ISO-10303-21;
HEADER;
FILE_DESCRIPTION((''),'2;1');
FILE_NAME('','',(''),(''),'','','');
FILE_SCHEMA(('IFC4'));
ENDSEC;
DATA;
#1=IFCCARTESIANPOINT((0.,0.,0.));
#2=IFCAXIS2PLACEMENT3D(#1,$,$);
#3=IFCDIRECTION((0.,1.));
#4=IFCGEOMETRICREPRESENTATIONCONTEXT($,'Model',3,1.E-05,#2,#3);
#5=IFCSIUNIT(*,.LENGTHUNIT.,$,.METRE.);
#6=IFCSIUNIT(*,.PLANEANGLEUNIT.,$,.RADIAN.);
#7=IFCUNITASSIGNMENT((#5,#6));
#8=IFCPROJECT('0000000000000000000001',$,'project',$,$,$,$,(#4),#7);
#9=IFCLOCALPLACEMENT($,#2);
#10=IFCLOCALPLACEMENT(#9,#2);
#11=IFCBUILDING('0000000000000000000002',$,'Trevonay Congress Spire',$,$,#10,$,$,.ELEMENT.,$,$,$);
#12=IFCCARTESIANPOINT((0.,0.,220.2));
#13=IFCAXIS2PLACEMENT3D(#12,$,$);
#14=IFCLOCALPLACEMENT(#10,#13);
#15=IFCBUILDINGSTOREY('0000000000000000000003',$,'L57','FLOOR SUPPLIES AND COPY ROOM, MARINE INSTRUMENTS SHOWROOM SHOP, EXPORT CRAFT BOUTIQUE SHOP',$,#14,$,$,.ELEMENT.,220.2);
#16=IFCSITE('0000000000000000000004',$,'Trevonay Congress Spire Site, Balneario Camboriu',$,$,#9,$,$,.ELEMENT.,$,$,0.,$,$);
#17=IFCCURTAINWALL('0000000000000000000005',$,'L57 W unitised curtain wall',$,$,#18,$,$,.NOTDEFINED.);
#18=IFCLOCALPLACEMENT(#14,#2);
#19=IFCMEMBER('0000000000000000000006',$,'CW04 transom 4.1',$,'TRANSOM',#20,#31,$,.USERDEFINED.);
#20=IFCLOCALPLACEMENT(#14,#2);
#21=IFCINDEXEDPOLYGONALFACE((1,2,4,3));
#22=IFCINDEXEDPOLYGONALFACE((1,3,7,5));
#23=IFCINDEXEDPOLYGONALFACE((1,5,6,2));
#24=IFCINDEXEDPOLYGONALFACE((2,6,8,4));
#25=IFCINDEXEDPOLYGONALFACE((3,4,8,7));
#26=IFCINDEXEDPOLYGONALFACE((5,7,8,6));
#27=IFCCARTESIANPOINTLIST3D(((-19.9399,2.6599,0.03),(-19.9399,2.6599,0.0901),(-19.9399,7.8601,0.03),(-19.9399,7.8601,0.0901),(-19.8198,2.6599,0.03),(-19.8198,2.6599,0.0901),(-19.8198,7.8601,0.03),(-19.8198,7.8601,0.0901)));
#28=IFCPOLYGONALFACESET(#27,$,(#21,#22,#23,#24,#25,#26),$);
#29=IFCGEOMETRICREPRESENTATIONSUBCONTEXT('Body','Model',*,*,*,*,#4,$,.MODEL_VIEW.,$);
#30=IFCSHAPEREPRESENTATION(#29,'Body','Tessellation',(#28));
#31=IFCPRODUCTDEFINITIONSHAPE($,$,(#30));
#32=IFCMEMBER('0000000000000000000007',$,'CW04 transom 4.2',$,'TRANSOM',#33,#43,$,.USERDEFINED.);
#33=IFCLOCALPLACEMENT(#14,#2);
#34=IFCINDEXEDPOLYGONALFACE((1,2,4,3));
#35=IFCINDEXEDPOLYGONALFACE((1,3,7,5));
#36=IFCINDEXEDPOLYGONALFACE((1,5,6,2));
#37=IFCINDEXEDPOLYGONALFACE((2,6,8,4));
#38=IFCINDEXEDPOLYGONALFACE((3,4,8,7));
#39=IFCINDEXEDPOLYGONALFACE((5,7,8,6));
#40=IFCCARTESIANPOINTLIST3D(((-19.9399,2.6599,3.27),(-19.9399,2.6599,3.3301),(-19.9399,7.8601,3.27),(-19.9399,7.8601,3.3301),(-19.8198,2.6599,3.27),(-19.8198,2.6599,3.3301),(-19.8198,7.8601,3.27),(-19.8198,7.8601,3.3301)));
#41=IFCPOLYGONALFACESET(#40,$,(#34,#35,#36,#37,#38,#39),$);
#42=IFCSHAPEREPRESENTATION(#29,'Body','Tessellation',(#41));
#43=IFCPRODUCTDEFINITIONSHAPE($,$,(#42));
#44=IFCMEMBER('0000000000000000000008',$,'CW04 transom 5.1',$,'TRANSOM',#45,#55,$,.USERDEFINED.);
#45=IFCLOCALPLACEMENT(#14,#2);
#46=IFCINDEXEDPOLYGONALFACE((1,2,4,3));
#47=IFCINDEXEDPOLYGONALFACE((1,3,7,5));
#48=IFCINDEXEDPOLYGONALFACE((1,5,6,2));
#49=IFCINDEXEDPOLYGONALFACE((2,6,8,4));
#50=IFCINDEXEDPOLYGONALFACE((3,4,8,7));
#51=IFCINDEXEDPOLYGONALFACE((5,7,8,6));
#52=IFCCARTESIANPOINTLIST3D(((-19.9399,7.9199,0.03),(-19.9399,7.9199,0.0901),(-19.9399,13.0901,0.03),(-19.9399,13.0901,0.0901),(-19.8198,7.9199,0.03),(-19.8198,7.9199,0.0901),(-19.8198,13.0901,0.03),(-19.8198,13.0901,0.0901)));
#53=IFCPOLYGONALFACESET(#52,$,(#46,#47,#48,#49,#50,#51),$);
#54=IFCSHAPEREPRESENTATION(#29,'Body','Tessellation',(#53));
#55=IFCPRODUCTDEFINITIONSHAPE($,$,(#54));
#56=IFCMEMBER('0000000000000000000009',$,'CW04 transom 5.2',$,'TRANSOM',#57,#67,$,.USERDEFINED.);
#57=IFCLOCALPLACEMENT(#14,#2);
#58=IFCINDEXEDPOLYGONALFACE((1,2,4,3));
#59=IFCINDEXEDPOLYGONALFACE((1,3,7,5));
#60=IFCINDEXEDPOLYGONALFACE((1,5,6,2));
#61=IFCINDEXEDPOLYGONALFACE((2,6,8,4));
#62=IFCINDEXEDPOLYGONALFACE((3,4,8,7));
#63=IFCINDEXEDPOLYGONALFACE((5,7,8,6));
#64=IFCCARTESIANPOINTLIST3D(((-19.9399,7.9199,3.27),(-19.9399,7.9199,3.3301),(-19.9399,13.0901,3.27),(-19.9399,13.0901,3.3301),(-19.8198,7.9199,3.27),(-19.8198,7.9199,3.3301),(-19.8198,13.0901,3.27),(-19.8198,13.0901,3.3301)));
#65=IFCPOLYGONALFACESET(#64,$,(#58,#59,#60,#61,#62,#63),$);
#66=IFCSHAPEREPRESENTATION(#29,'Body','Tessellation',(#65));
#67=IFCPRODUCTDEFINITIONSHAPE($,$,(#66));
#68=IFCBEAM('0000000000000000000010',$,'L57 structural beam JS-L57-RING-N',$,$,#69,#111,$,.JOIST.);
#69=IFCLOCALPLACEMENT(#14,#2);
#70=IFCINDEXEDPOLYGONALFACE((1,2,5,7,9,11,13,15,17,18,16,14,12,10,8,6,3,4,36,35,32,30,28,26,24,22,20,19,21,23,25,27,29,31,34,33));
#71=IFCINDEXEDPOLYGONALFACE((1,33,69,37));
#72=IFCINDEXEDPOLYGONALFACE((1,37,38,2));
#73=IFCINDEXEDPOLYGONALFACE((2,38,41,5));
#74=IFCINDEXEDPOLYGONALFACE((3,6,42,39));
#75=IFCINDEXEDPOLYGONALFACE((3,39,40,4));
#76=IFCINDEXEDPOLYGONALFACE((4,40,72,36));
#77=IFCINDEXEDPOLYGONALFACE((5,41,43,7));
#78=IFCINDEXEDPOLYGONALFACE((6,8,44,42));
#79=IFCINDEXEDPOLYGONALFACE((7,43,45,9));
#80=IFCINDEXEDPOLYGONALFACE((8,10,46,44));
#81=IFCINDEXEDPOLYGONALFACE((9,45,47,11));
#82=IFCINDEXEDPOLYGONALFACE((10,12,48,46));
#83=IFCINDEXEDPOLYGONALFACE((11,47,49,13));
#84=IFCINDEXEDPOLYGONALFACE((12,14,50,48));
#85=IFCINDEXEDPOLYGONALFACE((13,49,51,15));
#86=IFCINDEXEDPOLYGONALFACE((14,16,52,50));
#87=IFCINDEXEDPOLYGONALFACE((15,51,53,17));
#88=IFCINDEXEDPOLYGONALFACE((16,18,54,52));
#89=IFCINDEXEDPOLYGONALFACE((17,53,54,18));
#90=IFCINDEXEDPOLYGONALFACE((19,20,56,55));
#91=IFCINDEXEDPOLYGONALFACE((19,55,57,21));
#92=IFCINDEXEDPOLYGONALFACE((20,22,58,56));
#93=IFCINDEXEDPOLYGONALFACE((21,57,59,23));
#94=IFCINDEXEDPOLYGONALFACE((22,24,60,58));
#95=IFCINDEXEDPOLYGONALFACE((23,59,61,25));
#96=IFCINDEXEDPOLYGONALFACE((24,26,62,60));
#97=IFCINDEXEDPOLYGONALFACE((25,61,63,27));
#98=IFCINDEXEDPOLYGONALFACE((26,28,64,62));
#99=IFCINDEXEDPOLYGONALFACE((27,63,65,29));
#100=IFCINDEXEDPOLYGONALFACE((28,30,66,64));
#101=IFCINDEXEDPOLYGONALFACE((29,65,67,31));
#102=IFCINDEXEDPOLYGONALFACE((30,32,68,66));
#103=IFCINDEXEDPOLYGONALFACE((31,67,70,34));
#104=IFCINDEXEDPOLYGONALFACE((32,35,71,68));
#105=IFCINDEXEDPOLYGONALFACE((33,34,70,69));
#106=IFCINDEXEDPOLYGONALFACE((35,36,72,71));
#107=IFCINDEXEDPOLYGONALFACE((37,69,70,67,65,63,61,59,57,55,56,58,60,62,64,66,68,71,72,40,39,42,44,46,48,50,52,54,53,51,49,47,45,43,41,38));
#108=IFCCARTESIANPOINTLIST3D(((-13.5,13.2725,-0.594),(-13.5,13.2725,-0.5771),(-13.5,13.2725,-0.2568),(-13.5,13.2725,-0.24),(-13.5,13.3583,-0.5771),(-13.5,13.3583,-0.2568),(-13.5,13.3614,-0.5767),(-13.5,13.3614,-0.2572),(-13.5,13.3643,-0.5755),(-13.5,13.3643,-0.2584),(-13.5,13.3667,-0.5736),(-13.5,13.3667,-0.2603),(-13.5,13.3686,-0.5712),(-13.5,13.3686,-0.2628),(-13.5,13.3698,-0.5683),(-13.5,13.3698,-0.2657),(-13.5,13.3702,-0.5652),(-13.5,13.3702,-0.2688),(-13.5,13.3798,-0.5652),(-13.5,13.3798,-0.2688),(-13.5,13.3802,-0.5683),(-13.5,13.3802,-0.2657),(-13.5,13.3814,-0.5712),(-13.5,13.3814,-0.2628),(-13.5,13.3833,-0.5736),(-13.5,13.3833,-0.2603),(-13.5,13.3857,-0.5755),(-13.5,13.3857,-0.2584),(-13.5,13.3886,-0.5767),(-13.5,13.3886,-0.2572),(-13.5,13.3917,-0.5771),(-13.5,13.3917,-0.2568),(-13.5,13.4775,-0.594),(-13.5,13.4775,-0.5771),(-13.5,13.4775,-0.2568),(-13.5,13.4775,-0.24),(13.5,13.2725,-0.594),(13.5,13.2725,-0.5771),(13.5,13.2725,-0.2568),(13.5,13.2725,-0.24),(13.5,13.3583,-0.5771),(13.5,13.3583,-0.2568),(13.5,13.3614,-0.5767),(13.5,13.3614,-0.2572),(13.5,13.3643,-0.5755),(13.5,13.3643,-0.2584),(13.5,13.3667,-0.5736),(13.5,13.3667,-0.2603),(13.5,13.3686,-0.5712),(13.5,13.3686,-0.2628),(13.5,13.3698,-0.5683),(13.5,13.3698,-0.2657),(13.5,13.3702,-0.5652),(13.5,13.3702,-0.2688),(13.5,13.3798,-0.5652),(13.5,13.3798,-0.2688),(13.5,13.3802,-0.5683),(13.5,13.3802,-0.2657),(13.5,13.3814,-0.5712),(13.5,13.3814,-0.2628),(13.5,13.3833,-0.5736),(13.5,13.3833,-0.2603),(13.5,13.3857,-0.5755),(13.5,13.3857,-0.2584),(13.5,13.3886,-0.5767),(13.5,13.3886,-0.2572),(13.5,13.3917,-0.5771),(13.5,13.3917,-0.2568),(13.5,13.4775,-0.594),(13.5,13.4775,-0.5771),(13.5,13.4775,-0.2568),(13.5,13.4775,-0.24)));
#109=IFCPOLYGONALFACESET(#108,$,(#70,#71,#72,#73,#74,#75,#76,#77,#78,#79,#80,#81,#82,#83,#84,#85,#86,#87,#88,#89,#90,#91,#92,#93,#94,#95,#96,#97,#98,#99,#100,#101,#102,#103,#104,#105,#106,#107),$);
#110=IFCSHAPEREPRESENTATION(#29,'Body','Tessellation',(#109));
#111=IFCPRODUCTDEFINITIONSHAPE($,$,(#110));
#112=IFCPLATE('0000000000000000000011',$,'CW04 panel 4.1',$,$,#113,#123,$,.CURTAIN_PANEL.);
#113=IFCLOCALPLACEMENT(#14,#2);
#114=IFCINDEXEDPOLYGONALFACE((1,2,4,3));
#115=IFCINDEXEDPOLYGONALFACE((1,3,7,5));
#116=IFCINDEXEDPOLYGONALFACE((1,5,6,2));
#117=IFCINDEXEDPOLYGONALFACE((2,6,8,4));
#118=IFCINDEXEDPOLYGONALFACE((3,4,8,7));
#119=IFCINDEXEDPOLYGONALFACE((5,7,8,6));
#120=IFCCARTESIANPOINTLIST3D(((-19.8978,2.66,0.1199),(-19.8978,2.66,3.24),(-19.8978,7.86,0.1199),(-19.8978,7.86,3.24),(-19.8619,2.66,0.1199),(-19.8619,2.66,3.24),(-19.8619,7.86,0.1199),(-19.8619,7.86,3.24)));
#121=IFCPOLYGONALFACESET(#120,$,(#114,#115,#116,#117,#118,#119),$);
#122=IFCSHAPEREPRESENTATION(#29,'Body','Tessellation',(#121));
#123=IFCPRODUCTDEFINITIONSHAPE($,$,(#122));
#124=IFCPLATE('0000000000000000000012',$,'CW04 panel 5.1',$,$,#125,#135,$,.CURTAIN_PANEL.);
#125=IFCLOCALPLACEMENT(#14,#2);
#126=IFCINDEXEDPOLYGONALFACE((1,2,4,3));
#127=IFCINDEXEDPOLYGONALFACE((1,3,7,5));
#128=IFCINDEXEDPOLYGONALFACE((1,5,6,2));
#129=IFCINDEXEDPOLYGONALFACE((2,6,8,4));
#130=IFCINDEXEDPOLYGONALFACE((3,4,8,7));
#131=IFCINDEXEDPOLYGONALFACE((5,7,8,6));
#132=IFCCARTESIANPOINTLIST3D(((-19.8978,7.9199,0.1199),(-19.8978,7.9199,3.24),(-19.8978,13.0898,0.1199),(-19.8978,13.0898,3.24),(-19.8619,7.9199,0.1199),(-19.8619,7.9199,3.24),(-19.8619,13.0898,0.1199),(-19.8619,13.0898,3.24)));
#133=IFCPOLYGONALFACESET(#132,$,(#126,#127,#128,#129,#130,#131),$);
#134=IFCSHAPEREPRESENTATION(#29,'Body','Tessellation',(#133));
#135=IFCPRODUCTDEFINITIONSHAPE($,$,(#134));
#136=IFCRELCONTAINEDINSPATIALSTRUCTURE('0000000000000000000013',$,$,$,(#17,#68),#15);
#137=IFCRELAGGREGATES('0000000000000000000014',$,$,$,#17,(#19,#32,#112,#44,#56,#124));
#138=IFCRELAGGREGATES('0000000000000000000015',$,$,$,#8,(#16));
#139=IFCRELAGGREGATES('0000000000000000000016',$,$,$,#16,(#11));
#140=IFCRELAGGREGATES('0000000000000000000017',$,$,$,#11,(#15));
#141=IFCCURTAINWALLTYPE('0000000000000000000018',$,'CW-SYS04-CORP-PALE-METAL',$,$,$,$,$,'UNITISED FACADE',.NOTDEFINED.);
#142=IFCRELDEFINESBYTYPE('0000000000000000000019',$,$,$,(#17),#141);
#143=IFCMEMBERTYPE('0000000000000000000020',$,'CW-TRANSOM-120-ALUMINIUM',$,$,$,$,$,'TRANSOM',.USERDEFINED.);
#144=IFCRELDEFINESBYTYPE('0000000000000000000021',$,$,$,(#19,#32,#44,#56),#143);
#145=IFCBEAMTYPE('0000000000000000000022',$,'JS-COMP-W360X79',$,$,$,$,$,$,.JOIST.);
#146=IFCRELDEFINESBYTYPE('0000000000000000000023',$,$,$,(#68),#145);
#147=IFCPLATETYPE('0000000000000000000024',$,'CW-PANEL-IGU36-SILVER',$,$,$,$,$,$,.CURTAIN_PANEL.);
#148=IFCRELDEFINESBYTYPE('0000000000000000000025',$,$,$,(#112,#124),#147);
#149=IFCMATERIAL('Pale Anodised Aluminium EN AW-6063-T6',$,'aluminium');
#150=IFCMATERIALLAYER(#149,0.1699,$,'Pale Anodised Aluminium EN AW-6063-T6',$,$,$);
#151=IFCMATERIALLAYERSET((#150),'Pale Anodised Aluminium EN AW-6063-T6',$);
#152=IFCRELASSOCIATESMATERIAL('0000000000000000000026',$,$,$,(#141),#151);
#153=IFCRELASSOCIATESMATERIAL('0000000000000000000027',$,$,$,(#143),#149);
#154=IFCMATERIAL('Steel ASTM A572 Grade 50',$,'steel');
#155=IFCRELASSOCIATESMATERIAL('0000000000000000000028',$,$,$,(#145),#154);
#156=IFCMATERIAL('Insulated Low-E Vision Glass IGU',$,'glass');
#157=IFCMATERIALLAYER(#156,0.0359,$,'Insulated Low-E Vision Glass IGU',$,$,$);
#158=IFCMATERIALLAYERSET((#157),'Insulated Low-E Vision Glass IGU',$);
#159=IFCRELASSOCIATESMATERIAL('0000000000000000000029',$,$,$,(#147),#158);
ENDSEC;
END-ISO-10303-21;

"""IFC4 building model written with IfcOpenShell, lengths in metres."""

from ifc_helpers import new_model, si_unit, direction, frame, origin, origin_2d, place, context, subcontext, project, spatial, rectangle, i_section, extrude, material, layer, layer_set, material_profile, profile_set, type_object, element, aggregate, save


model = new_model("IFC4")

# Units and contexts
model_context = context("Model", 3, precision=1e-05, world=origin(), true_north=direction((0.0, 1.0)))
body_context = subcontext(model_context, "Body", "Model", "MODEL_VIEW")
ifc_project = project(units=[si_unit("LENGTHUNIT", "METRE"), si_unit("PLANEANGLEUNIT", "RADIAN")], contexts=[model_context])

# Site, building, storey
site_placement = place(None, origin())
site = spatial("IfcSite", under=ifc_project, at=site_placement, Name="Trevonay Congress Spire Site, Balneario Camboriu", CompositionType="ELEMENT", RefElevation=0.0)
building_placement = place(site_placement, origin())
building = spatial("IfcBuilding", under=site, at=building_placement, Name="Trevonay Congress Spire", CompositionType="ELEMENT")
storey_placement = place(building_placement, frame((0.0, 0.0, 220.2)))
storey = spatial("IfcBuildingStorey", under=building, at=storey_placement, Name="L57", Description="FLOOR SUPPLIES AND COPY ROOM, MARINE INSTRUMENTS SHOWROOM SHOP, EXPORT CRAFT BOUTIQUE SHOP", CompositionType="ELEMENT", Elevation=220.2)

# Shared definitions
ifc_material_1 = material(Name="Steel ASTM A572 Grade 50", Category="steel")

# Curtain wall, members
ifc_material_2 = material(Name="Pale Anodised Aluminium EN AW-6063-T6", Category="aluminium")
ifc_layer_1 = layer(ifc_material_2, 0.1699, Name="Pale Anodised Aluminium EN AW-6063-T6")
ifc_layer_set_1 = layer_set([ifc_layer_1], Name="Pale Anodised Aluminium EN AW-6063-T6")
curtain_wall_type = type_object("IfcCurtainWallType", Name="CW-SYS04-CORP-PALE-METAL", ElementType="UNITISED FACADE", PredefinedType="NOTDEFINED", material=ifc_layer_set_1)
curtain_wall_placement = place(storey_placement, origin())
curtain_wall = element("IfcCurtainWall", 1, at=curtain_wall_placement, inside=storey, type_object=curtain_wall_type, Name="L57 W unitised curtain wall", PredefinedType="NOTDEFINED")
ifc_material_profile_1 = material_profile(ifc_material_2, rectangle(XDim=0.1201, YDim=0.0601, at=origin_2d()), Name="CW-TRANSOM-120-ALUMINIUM")
ifc_profile_set_1 = profile_set([ifc_material_profile_1], Name="Pale Anodised Aluminium EN AW-6063-T6")
member_type_1 = type_object("IfcMemberType", Name="CW-TRANSOM-120-ALUMINIUM", ElementType="TRANSOM", PredefinedType="USERDEFINED", material=ifc_profile_set_1)
member_1_placement = place(storey_placement, frame((-19.8799, 2.6599, 0.0601), z_axis=(0.0, 1.0, 0.0), x_axis=(-1.0, 0.0, 0.0)))
member_1 = element("IfcMember", 2, at=member_1_placement, type_object=member_type_1, Name="CW04 transom 4.1", ObjectType="TRANSOM", PredefinedType="USERDEFINED", context=body_context, shape_type="SweptSolid", body=[
    extrude(rectangle(XDim=0.1201, YDim=0.0601, at=origin_2d()), origin(), (0.0, 0.0, 1.0), 5.2002),
])
member_2_placement = place(storey_placement, frame((-19.8799, 2.6599, 3.3), z_axis=(0.0, 1.0, 0.0), x_axis=(-1.0, 0.0, 0.0)))
member_2 = element("IfcMember", 3, at=member_2_placement, type_object=member_type_1, Name="CW04 transom 4.2", ObjectType="TRANSOM", PredefinedType="USERDEFINED", context=body_context, shape_type="SweptSolid", body=[
    extrude(rectangle(XDim=0.1201, YDim=0.0601, at=origin_2d()), origin(), (0.0, 0.0, 1.0), 5.2002),
])
member_3_placement = place(storey_placement, frame((-19.8799, 7.9199, 0.0601), z_axis=(0.0, 1.0, 0.0), x_axis=(-1.0, 0.0, 0.0)))
member_3 = element("IfcMember", 4, at=member_3_placement, type_object=member_type_1, Name="CW04 transom 5.1", ObjectType="TRANSOM", PredefinedType="USERDEFINED", context=body_context, shape_type="SweptSolid", body=[
    extrude(rectangle(XDim=0.1201, YDim=0.0601, at=origin_2d()), origin(), (0.0, 0.0, 1.0), 5.1702),
])
member_4_placement = place(storey_placement, frame((-19.8799, 7.9199, 3.3), z_axis=(0.0, 1.0, 0.0), x_axis=(-1.0, 0.0, 0.0)))
member_4 = element("IfcMember", 5, at=member_4_placement, type_object=member_type_1, Name="CW04 transom 5.2", ObjectType="TRANSOM", PredefinedType="USERDEFINED", context=body_context, shape_type="SweptSolid", body=[
    extrude(rectangle(XDim=0.1201, YDim=0.0601, at=origin_2d()), origin(), (0.0, 0.0, 1.0), 5.1702),
])

# Beam
ifc_material_profile_2 = material_profile(ifc_material_1, i_section(OverallWidth=0.2051, OverallDepth=0.354, WebThickness=0.0095, FlangeThickness=0.0168, FilletRadius=0.012, at=origin_2d()), Name="W360x79")
ifc_profile_set_2 = profile_set([ifc_material_profile_2], Name="Steel ASTM A572 Grade 50")
beam_type_1 = type_object("IfcBeamType", Name="JS-COMP-W360X79", PredefinedType="JOIST", material=ifc_profile_set_2)
beam_1_placement = place(storey_placement, frame((-13.5, 13.375, -0.417), z_axis=(1.0, 0.0, 0.0), x_axis=(0.0, 1.0, 0.0)))
element("IfcBeam", 6, at=beam_1_placement, inside=storey, type_object=beam_type_1, Name="L57 structural beam JS-L57-RING-N", PredefinedType="JOIST", context=body_context, shape_type="SweptSolid", body=[
    extrude(i_section(OverallWidth=0.2051, OverallDepth=0.354, WebThickness=0.0095, FlangeThickness=0.0168, FilletRadius=0.012, at=origin_2d()), origin(), (0.0, 0.0, 1.0), 27.0),
])

# Plates
ifc_material_3 = material(Name="Insulated Low-E Vision Glass IGU", Category="glass")
ifc_layer_2 = layer(ifc_material_3, 0.0359, Name="Insulated Low-E Vision Glass IGU")
ifc_layer_set_2 = layer_set([ifc_layer_2], Name="Insulated Low-E Vision Glass IGU")
plate_type = type_object("IfcPlateType", Name="CW-PANEL-IGU36-SILVER", PredefinedType="CURTAIN_PANEL", material=ifc_layer_set_2)
plate_1_placement = place(storey_placement, frame((-19.8799, 5.26, 0.1199), z_axis=(0.0, 0.0, 1.0), x_axis=(0.0, 1.0, 0.0)))
plate_1 = element("IfcPlate", 7, at=plate_1_placement, type_object=plate_type, Name="CW04 panel 4.1", PredefinedType="CURTAIN_PANEL", context=body_context, shape_type="SweptSolid", body=[
    extrude(rectangle(XDim=5.2, YDim=0.0359, at=origin_2d()), origin(), (0.0, 0.0, 1.0), 3.1201),
])
plate_2_placement = place(storey_placement, frame((-19.8799, 10.5049, 0.1199), z_axis=(0.0, 0.0, 1.0), x_axis=(0.0, 1.0, 0.0)))
plate_2 = element("IfcPlate", 8, at=plate_2_placement, type_object=plate_type, Name="CW04 panel 5.1", PredefinedType="CURTAIN_PANEL", context=body_context, shape_type="SweptSolid", body=[
    extrude(rectangle(XDim=5.1699, YDim=0.0359, at=origin_2d()), origin(), (0.0, 0.0, 1.0), 3.1201),
])
aggregate(curtain_wall, [member_1, member_2, plate_1, member_3, member_4, plate_2])

save(model, "model.ifc")
